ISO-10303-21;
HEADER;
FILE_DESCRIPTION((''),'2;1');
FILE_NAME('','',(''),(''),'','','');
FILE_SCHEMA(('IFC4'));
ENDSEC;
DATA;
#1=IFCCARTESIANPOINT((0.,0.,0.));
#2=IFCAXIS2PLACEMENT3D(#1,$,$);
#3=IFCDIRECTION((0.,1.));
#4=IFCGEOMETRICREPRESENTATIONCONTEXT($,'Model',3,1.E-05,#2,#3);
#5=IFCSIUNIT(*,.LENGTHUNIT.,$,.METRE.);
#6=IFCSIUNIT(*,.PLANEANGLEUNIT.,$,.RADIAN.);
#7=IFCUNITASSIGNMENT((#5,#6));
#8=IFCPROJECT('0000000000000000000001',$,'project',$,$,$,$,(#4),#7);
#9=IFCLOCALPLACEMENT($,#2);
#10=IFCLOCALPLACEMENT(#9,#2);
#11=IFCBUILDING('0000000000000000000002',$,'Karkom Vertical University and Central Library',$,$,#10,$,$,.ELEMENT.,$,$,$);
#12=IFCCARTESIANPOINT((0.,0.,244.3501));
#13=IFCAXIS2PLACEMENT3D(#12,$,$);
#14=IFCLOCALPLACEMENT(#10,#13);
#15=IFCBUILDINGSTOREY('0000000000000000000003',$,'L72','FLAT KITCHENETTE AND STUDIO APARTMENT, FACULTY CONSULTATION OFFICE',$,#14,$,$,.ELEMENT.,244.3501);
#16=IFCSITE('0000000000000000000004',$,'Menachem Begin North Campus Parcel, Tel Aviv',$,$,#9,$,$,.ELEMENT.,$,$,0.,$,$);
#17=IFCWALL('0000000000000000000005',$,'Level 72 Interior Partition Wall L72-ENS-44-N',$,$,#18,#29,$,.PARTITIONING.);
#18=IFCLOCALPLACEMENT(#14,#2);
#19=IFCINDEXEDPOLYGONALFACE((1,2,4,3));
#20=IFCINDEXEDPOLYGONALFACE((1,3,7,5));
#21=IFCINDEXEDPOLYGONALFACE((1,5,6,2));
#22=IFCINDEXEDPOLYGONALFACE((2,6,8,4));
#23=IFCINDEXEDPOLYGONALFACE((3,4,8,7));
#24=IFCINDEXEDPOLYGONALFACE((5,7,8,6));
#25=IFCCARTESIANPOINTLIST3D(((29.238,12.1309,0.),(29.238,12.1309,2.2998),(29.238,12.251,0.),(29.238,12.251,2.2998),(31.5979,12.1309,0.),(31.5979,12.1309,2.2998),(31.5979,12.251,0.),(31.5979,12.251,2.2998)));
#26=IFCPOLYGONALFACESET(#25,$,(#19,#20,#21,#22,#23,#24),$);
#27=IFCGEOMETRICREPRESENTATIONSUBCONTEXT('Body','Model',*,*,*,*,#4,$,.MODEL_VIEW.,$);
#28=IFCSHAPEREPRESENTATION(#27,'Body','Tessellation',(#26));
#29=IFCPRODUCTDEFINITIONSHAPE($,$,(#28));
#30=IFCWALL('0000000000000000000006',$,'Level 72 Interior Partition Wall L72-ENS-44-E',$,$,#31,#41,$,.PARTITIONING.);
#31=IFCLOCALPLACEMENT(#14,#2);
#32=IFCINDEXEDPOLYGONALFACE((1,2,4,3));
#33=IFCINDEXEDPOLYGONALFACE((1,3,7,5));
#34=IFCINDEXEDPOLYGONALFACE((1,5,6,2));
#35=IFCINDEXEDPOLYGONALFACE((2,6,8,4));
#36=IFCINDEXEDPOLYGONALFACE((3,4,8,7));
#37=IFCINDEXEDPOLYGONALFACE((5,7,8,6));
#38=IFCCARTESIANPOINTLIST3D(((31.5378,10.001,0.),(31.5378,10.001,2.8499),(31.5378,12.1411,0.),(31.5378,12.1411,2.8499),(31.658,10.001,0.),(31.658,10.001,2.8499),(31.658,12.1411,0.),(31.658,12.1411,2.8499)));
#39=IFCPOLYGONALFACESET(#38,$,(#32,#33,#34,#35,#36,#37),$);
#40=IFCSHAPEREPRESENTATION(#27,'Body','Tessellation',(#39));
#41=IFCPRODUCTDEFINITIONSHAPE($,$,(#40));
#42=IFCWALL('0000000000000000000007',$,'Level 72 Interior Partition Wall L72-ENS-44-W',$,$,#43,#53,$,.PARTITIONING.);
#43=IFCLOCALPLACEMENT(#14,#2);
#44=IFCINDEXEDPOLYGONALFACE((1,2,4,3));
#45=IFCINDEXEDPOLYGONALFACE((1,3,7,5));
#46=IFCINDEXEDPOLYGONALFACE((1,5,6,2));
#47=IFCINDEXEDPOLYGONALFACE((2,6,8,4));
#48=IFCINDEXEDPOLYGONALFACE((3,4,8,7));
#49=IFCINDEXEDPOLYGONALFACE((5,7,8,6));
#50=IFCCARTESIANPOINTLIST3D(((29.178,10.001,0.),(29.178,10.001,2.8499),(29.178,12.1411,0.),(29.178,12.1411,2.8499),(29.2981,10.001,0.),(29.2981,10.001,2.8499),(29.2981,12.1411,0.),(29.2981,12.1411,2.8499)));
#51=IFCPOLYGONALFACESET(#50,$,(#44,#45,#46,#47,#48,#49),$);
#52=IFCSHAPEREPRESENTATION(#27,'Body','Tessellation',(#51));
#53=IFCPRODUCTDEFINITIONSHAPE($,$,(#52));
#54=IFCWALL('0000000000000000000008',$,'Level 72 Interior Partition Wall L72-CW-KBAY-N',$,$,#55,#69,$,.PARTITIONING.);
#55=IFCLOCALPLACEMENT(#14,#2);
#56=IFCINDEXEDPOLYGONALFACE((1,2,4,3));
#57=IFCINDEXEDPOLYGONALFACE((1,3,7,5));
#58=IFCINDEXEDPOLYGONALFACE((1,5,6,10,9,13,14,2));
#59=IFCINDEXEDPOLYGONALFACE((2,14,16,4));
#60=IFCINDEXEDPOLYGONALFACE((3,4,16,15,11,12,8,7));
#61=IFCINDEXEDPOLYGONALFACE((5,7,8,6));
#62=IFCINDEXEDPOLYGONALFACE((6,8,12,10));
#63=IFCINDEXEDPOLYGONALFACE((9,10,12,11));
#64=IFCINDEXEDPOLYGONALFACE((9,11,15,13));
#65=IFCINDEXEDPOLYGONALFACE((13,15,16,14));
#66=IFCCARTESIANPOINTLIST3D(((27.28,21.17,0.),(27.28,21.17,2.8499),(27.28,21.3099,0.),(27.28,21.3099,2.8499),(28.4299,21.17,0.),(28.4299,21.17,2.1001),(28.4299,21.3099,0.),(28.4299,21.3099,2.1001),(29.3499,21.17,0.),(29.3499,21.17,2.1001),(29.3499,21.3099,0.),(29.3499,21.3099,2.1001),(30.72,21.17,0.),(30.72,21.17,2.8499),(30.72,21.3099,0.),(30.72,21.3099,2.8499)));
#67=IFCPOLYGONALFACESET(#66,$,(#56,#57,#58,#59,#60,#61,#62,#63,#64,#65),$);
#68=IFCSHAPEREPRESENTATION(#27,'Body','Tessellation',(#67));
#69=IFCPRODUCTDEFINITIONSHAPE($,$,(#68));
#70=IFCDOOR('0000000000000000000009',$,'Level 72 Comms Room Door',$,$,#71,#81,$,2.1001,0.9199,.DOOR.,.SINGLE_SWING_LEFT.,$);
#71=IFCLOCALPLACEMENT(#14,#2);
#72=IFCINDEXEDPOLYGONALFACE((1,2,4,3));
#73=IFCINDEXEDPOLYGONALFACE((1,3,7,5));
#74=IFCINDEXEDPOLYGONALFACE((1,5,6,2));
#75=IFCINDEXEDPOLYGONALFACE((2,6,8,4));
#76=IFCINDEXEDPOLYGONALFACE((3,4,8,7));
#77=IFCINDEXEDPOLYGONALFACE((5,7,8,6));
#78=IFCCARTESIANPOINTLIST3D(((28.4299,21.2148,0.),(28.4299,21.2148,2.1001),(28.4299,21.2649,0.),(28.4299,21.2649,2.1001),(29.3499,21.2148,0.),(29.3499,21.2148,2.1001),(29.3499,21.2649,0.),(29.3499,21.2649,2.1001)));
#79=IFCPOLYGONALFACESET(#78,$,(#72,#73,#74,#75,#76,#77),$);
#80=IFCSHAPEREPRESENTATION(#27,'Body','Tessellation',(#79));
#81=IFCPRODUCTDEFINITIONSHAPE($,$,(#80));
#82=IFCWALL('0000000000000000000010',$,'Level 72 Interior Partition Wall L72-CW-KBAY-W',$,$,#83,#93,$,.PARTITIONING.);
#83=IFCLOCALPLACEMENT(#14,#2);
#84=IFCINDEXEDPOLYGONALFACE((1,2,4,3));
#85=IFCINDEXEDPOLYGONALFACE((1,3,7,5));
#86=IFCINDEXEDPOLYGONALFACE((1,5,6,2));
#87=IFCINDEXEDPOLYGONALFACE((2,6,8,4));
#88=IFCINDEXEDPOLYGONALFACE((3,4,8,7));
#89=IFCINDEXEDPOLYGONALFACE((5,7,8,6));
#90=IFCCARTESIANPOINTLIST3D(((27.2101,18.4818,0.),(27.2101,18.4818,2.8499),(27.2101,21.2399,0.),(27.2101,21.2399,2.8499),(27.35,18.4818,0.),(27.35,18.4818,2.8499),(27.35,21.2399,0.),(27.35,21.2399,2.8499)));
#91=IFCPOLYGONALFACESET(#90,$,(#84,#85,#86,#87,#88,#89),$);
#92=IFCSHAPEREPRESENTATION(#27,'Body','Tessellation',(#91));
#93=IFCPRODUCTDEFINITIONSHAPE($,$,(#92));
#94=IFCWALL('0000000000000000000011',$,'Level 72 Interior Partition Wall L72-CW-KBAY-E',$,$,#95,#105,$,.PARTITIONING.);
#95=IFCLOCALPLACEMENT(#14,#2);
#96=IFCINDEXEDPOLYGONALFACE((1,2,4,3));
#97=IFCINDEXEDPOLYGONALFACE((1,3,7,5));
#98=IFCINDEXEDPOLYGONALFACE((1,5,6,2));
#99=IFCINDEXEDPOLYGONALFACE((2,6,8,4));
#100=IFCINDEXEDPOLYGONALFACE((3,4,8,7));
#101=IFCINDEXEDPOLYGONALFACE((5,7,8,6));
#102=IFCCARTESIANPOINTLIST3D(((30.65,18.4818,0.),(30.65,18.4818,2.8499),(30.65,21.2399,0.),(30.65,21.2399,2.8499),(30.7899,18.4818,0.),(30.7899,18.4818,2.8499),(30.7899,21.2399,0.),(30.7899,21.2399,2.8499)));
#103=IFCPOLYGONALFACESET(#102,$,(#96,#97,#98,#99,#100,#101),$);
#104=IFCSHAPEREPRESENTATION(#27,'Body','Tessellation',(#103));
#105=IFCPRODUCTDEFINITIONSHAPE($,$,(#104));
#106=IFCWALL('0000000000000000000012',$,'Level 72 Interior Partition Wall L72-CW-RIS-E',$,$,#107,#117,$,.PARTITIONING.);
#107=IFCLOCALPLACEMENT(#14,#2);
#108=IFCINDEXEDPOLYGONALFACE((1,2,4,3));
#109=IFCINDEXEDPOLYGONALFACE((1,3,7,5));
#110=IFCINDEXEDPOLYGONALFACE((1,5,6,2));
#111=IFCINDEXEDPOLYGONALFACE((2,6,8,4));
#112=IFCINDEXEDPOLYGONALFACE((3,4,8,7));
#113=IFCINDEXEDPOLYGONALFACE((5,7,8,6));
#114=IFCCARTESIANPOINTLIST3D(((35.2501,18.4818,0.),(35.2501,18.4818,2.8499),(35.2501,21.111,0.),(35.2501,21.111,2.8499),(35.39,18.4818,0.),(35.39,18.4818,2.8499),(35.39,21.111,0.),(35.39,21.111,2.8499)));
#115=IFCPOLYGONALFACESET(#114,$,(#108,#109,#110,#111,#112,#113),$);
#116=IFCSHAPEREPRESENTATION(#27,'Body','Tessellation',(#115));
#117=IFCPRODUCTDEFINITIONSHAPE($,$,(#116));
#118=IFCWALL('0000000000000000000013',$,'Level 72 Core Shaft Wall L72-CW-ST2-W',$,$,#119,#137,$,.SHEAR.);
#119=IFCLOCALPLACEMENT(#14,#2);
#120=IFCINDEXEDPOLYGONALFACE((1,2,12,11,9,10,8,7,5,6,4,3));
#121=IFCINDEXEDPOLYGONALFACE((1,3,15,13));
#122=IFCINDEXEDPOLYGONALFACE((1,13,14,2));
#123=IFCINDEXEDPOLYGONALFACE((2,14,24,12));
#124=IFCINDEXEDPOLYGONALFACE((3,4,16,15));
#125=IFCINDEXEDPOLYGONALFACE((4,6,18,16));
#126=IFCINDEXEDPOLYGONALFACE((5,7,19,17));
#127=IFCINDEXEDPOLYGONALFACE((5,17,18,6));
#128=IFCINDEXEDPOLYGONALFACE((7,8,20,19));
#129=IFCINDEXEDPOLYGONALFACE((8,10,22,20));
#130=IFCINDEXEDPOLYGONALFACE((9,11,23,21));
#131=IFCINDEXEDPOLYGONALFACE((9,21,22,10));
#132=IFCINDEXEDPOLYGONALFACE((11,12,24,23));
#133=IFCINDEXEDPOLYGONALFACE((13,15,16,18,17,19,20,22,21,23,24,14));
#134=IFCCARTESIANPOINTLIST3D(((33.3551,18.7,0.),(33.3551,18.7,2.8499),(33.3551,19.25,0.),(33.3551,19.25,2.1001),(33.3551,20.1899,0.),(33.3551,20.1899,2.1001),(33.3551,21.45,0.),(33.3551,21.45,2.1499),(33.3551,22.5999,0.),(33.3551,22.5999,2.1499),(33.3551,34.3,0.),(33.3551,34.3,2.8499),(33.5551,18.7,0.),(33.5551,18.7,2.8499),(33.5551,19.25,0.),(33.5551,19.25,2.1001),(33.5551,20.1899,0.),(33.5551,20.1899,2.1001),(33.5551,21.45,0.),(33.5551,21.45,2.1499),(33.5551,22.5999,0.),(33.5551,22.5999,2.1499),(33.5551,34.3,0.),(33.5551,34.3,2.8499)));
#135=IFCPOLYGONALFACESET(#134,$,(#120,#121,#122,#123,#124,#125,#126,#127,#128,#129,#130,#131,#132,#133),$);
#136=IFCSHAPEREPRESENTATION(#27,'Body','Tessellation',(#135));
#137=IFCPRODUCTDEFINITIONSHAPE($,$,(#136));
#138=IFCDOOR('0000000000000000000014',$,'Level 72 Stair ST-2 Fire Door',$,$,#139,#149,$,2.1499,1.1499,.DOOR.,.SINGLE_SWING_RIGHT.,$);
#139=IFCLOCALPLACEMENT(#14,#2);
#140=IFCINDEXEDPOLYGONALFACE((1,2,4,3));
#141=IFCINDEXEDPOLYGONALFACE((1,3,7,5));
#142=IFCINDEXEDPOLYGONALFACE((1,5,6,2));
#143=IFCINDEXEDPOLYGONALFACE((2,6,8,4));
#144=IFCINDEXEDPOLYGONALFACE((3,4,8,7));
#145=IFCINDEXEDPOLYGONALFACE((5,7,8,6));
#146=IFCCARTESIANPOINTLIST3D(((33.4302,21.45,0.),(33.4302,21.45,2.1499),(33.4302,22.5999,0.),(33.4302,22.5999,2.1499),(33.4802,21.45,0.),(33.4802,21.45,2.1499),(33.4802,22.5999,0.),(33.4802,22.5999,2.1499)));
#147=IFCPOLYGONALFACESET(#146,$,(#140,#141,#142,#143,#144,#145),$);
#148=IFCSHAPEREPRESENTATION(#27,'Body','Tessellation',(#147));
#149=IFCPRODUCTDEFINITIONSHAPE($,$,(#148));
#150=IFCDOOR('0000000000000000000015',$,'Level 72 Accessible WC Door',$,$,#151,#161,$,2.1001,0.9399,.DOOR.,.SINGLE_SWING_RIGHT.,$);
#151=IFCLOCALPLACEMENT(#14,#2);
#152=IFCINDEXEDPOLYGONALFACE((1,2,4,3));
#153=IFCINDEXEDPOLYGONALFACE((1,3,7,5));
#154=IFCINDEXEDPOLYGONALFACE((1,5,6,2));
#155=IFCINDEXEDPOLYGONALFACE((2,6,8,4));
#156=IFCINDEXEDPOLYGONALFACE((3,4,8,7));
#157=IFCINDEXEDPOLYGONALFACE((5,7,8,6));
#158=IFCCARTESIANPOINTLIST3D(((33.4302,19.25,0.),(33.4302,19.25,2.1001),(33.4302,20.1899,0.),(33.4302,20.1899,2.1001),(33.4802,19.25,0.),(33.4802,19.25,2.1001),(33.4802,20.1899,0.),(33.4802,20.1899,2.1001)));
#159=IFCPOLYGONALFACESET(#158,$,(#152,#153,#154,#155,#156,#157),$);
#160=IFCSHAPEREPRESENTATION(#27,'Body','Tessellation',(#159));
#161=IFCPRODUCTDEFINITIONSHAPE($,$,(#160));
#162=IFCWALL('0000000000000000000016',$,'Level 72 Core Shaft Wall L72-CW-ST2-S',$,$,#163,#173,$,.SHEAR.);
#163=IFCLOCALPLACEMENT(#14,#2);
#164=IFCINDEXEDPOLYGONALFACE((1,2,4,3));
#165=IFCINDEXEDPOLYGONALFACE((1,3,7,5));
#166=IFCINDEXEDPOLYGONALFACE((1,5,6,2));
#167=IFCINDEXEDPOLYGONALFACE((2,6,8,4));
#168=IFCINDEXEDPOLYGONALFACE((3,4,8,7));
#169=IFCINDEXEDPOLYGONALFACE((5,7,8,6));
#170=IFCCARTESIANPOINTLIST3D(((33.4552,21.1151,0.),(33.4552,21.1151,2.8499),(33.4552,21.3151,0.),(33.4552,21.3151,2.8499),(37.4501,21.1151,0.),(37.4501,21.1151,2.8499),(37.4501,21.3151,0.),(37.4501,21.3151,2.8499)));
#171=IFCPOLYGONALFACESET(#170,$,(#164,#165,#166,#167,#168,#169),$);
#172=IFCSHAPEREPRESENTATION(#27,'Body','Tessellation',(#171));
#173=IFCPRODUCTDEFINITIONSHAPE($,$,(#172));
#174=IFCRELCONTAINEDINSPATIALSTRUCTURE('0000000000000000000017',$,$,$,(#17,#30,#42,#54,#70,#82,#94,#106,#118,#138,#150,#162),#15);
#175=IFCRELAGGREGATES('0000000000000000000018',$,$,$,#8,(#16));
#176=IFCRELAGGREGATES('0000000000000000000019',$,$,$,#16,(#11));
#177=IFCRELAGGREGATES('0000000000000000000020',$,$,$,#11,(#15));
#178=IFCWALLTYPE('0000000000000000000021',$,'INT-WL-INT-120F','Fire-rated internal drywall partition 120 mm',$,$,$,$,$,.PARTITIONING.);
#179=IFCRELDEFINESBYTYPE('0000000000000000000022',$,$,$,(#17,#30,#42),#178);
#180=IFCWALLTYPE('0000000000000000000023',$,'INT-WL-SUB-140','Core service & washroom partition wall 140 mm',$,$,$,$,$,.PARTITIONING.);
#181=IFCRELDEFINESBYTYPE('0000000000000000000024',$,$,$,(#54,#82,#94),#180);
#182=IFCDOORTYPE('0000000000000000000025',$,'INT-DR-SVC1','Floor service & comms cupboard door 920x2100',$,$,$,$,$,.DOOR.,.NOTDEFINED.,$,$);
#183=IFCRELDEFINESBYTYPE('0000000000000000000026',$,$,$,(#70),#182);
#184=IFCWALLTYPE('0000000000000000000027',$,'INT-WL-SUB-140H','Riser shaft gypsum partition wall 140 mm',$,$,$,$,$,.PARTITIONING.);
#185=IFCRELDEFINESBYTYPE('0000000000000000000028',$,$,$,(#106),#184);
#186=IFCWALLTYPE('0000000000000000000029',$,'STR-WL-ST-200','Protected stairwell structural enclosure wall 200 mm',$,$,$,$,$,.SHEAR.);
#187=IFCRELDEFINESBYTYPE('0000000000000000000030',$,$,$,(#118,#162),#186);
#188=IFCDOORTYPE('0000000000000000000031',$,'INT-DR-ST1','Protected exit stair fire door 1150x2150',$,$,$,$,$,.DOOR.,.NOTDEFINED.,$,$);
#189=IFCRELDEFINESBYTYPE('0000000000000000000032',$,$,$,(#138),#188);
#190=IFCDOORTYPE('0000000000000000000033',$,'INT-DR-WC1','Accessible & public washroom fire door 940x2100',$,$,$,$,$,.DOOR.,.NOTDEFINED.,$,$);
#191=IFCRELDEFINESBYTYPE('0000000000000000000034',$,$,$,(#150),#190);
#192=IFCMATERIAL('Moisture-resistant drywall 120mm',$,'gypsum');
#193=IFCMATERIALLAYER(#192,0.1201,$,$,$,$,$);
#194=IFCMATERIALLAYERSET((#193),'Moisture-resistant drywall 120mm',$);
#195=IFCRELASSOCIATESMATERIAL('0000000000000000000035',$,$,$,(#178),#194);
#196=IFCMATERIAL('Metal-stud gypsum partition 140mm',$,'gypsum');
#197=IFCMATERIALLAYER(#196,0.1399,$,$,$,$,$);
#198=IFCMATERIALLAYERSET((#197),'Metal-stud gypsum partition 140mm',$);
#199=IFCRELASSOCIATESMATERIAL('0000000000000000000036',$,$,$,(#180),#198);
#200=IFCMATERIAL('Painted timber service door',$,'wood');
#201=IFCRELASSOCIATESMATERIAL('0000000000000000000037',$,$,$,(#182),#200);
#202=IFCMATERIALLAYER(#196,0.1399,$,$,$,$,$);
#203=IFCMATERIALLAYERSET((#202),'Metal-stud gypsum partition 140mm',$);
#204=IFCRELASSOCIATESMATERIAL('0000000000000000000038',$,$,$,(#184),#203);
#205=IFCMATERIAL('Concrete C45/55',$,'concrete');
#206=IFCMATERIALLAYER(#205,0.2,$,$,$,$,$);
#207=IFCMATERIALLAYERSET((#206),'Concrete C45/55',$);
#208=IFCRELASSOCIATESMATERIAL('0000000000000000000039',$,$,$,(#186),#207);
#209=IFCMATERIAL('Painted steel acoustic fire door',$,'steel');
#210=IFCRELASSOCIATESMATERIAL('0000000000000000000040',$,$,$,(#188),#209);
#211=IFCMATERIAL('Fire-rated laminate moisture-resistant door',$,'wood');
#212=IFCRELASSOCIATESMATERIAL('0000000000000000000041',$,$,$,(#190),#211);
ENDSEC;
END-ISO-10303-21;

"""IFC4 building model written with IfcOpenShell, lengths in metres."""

from ifc_helpers import new_model, si_unit, direction, frame, frame_2d, origin, origin_with_axes, place, context, subcontext, project, spatial, rectangle, extrude, source, transform, mapped, material, layer, layer_set, type_object, element, fill, save


model = new_model("IFC4")

# Units and contexts
model_context = context("Model", 3, precision=1e-05, world=origin(), true_north=direction((0.0, 1.0)))
body_context = subcontext(model_context, "Body", "Model", "MODEL_VIEW")
ifc_project = project(units=[si_unit("LENGTHUNIT", "METRE"), si_unit("PLANEANGLEUNIT", "RADIAN")], contexts=[model_context])

# Site, building, storey
site_placement = place(None, origin())
site = spatial("IfcSite", under=ifc_project, at=site_placement, Name="Menachem Begin North Campus Parcel, Tel Aviv", CompositionType="ELEMENT", RefElevation=0.0)
building_placement = place(site_placement, origin())
building = spatial("IfcBuilding", under=site, at=building_placement, Name="Karkom Vertical University and Central Library", CompositionType="ELEMENT")
storey_placement = place(building_placement, frame((0.0, 0.0, 244.3501)))
storey = spatial("IfcBuildingStorey", under=building, at=storey_placement, Name="L72", Description="FLAT KITCHENETTE AND STUDIO APARTMENT, FACULTY CONSULTATION OFFICE", CompositionType="ELEMENT", Elevation=244.3501)

# Shared definitions
ifc_material_1 = material(Name="Concrete C45/55", Category="concrete")

# Shared definitions
ifc_material_2 = material(Name="Moisture-resistant drywall 120mm", Category="gypsum")
ifc_layer_1 = layer(ifc_material_2, 0.1201)
ifc_layer_set_1 = layer_set([ifc_layer_1], Name="Moisture-resistant drywall 120mm")
wall_type_1 = type_object("IfcWallType", Name="INT-WL-INT-120F", Description="Fire-rated internal drywall partition 120 mm", PredefinedType="PARTITIONING", material=ifc_layer_set_1)

# Walls
wall_1_placement = place(storey_placement, frame((31.5979, 12.1909, 0.0), z_axis=(0.0, 0.0, 1.0), x_axis=(-1.0, 0.0, 0.0)))
element("IfcWall", 1, at=wall_1_placement, inside=storey, type_object=wall_type_1, Name="Level 72 Interior Partition Wall L72-ENS-44-N", PredefinedType="PARTITIONING", context=body_context, shape_type="SweptSolid", body=[
    extrude(rectangle(XDim=2.3599, YDim=0.1201, at=frame_2d((1.1799, 0.0))), origin(), (0.0, 0.0, 1.0), 2.2998),
])
for number, where, z_axis, x_axis, name in (
    (2, (31.5979, 10.001, 0.0), (0.0, 0.0, 1.0), (0.0, 1.0, 0.0), "Level 72 Interior Partition Wall L72-ENS-44-E"),
    (3, (29.238, 12.1411, 0.0), (0.0, 0.0, 1.0), (0.0, -1.0, 0.0), "Level 72 Interior Partition Wall L72-ENS-44-W"),
):
    element("IfcWall", number, at=place(storey_placement, frame(where, z_axis=z_axis, x_axis=x_axis)), inside=storey, type_object=wall_type_1, Name=name, PredefinedType="PARTITIONING", context=body_context, shape_type="SweptSolid", body=[
        extrude(rectangle(XDim=2.1401, YDim=0.1201, at=frame_2d((1.0701, 0.0))), origin(), (0.0, 0.0, 1.0), 2.8499),
    ])

# Wall, opening, door
ifc_material_3 = material(Name="Metal-stud gypsum partition 140mm", Category="gypsum")
ifc_layer_2 = layer(ifc_material_3, 0.1399)
ifc_layer_set_2 = layer_set([ifc_layer_2], Name="Metal-stud gypsum partition 140mm")
wall_type_2 = type_object("IfcWallType", Name="INT-WL-SUB-140", Description="Core service & washroom partition wall 140 mm", PredefinedType="PARTITIONING", material=ifc_layer_set_2)
wall_2_placement = place(storey_placement, frame((27.28, 21.24, 0.0), z_axis=(0.0, 0.0, 1.0), x_axis=(1.0, 0.0, 0.0)))
wall_2 = element("IfcWall", 4, at=wall_2_placement, inside=storey, type_object=wall_type_2, Name="Level 72 Interior Partition Wall L72-CW-KBAY-N", PredefinedType="PARTITIONING", context=body_context, shape_type="SweptSolid", body=[
    extrude(rectangle(XDim=3.4399, YDim=0.1399, at=frame_2d((1.72, 0.0))), origin(), (0.0, 0.0, 1.0), 2.8499),
])
opening_1_placement = place(wall_2_placement, frame((1.1499, 0.0, 0.0)))
opening_1 = element("IfcOpeningElement", 5, at=opening_1_placement, cuts=wall_2, PredefinedType="OPENING", context=body_context, shape_type="SweptSolid", body=[
    extrude(rectangle(XDim=0.9199, YDim=2.1001, at=frame_2d((0.46, 1.05))), frame((0.0, 0.0801, 0.0), z_axis=(0.0, -1.0, 0.0), x_axis=(1.0, 0.0, 0.0)), (0.0, 0.0, 1.0), 0.1599),
])
ifc_material_4 = material(Name="Painted timber service door", Category="wood")
door_type_1 = type_object("IfcDoorType", Name="INT-DR-SVC1", Description="Floor service & comms cupboard door 920x2100", OperationType="NOTDEFINED", PredefinedType="DOOR", material=ifc_material_4)
shared_shape_1 = source(origin_with_axes(), body_context, "Body", "SweptSolid", [
    extrude(rectangle(XDim=0.9199, YDim=2.1001, at=frame_2d((0.46, 1.05))), frame((0.0, 0.0249, 0.0), z_axis=(0.0, -1.0, 0.0), x_axis=(1.0, 0.0, 0.0)), (0.0, 0.0, 1.0), 0.05),
])
door_1_placement = place(opening_1_placement, origin())
door_1 = element("IfcDoor", 6, at=door_1_placement, inside=storey, type_object=door_type_1, Name="Level 72 Comms Room Door", OperationType="SINGLE_SWING_LEFT", OverallHeight=2.1001, OverallWidth=0.9199, PredefinedType="DOOR", context=body_context, shape_type="MappedRepresentation", body=[
    mapped(shared_shape_1, transform((0.0, 0.0, 0.0), scale=1.0)),
])
fill(opening_1, door_1)

# Walls
for number, where, z_axis, x_axis, name in (
    (7, (27.28, 18.4819, 0.0), (0.0, 0.0, 1.0), (0.0, 1.0, 0.0), "Level 72 Interior Partition Wall L72-CW-KBAY-W"),
    (8, (30.72, 18.4819, 0.0), (0.0, 0.0, 1.0), (0.0, 1.0, 0.0), "Level 72 Interior Partition Wall L72-CW-KBAY-E"),
):
    element("IfcWall", number, at=place(storey_placement, frame(where, z_axis=z_axis, x_axis=x_axis)), inside=storey, type_object=wall_type_2, Name=name, PredefinedType="PARTITIONING", context=body_context, shape_type="SweptSolid", body=[
        extrude(rectangle(XDim=2.7581, YDim=0.1399, at=frame_2d((1.3789, 0.0))), origin(), (0.0, 0.0, 1.0), 2.8499),
    ])
ifc_layer_3 = layer(ifc_material_3, 0.1399)
ifc_layer_set_3 = layer_set([ifc_layer_3], Name="Metal-stud gypsum partition 140mm")
wall_type_3 = type_object("IfcWallType", Name="INT-WL-SUB-140H", Description="Riser shaft gypsum partition wall 140 mm", PredefinedType="PARTITIONING", material=ifc_layer_set_3)
wall_3_placement = place(storey_placement, frame((35.3201, 18.4819, 0.0), z_axis=(0.0, 0.0, 1.0), x_axis=(0.0, 1.0, 0.0)))
element("IfcWall", 9, at=wall_3_placement, inside=storey, type_object=wall_type_3, Name="Level 72 Interior Partition Wall L72-CW-RIS-E", PredefinedType="PARTITIONING", context=body_context, shape_type="SweptSolid", body=[
    extrude(rectangle(XDim=2.6292, YDim=0.1399, at=frame_2d((1.3145, 0.0))), origin(), (0.0, 0.0, 1.0), 2.8499),
])

# Wall, openings, doors
ifc_layer_4 = layer(ifc_material_1, 0.2)
ifc_layer_set_4 = layer_set([ifc_layer_4], Name="Concrete C45/55")
wall_type_4 = type_object("IfcWallType", Name="STR-WL-ST-200", Description="Protected stairwell structural enclosure wall 200 mm", PredefinedType="SHEAR", material=ifc_layer_set_4)
wall_4_placement = place(storey_placement, frame((33.4551, 18.7, 0.0), z_axis=(0.0, 0.0, 1.0), x_axis=(0.0, 1.0, 0.0)))
wall_4 = element("IfcWall", 10, at=wall_4_placement, inside=storey, type_object=wall_type_4, Name="Level 72 Core Shaft Wall L72-CW-ST2-W", PredefinedType="SHEAR", context=body_context, shape_type="SweptSolid", body=[
    extrude(rectangle(XDim=15.6001, YDim=0.2, at=frame_2d((7.8, 0.0))), origin(), (0.0, 0.0, 1.0), 2.8499),
])
opening_2_placement = place(wall_4_placement, frame((2.75, 0.0, 0.0)))
opening_2 = element("IfcOpeningElement", 11, at=opening_2_placement, cuts=wall_4, PredefinedType="OPENING", context=body_context, shape_type="SweptSolid", body=[
    extrude(rectangle(XDim=1.1499, YDim=2.1499, at=frame_2d((0.575, 1.075))), frame((0.0, 0.1099, 0.0), z_axis=(0.0, -1.0, 0.0), x_axis=(1.0, 0.0, 0.0)), (0.0, 0.0, 1.0), 0.22),
])
opening_3_placement = place(wall_4_placement, frame((0.55, 0.0, 0.0)))
opening_3 = element("IfcOpeningElement", 12, at=opening_3_placement, cuts=wall_4, PredefinedType="OPENING", context=body_context, shape_type="SweptSolid", body=[
    extrude(rectangle(XDim=0.9399, YDim=2.1001, at=frame_2d((0.47, 1.05))), frame((0.0, 0.1099, 0.0), z_axis=(0.0, -1.0, 0.0), x_axis=(1.0, 0.0, 0.0)), (0.0, 0.0, 1.0), 0.22),
])
ifc_material_5 = material(Name="Painted steel acoustic fire door", Category="steel")
door_type_2 = type_object("IfcDoorType", Name="INT-DR-ST1", Description="Protected exit stair fire door 1150x2150", OperationType="NOTDEFINED", PredefinedType="DOOR", material=ifc_material_5)
shared_shape_2 = source(origin_with_axes(), body_context, "Body", "SweptSolid", [
    extrude(rectangle(XDim=1.1499, YDim=2.1499, at=frame_2d((0.575, 1.075))), frame((0.0, 0.0249, 0.0), z_axis=(0.0, -1.0, 0.0), x_axis=(1.0, 0.0, 0.0)), (0.0, 0.0, 1.0), 0.05),
])
door_2_placement = place(opening_2_placement, origin())
door_2 = element("IfcDoor", 13, at=door_2_placement, inside=storey, type_object=door_type_2, Name="Level 72 Stair ST-2 Fire Door", OperationType="SINGLE_SWING_RIGHT", OverallHeight=2.1499, OverallWidth=1.1499, PredefinedType="DOOR", context=body_context, shape_type="MappedRepresentation", body=[
    mapped(shared_shape_2, transform((0.0, 0.0, 0.0), scale=1.0)),
])
fill(opening_2, door_2)
ifc_material_6 = material(Name="Fire-rated laminate moisture-resistant door", Category="wood")
door_type_3 = type_object("IfcDoorType", Name="INT-DR-WC1", Description="Accessible & public washroom fire door 940x2100", OperationType="NOTDEFINED", PredefinedType="DOOR", material=ifc_material_6)
shared_shape_3 = source(origin_with_axes(), body_context, "Body", "SweptSolid", [
    extrude(rectangle(XDim=0.9399, YDim=2.1001, at=frame_2d((0.47, 1.05))), frame((0.0, 0.0249, 0.0), z_axis=(0.0, -1.0, 0.0), x_axis=(1.0, 0.0, 0.0)), (0.0, 0.0, 1.0), 0.05),
])
door_3_placement = place(opening_3_placement, origin())
door_3 = element("IfcDoor", 14, at=door_3_placement, inside=storey, type_object=door_type_3, Name="Level 72 Accessible WC Door", OperationType="SINGLE_SWING_RIGHT", OverallHeight=2.1001, OverallWidth=0.9399, PredefinedType="DOOR", context=body_context, shape_type="MappedRepresentation", body=[
    mapped(shared_shape_3, transform((0.0, 0.0, 0.0), scale=1.0)),
])
fill(opening_3, door_3)

# Wall
wall_5_placement = place(storey_placement, frame((33.4551, 21.2151, 0.0), z_axis=(0.0, 0.0, 1.0), x_axis=(1.0, 0.0, 0.0)))
element("IfcWall", 15, at=wall_5_placement, inside=storey, type_object=wall_type_4, Name="Level 72 Core Shaft Wall L72-CW-ST2-S", PredefinedType="SHEAR", context=body_context, shape_type="SweptSolid", body=[
    extrude(rectangle(XDim=3.9949, YDim=0.2, at=frame_2d((1.9976, 0.0))), origin(), (0.0, 0.0, 1.0), 2.8499),
])

save(model, "model.ifc")
